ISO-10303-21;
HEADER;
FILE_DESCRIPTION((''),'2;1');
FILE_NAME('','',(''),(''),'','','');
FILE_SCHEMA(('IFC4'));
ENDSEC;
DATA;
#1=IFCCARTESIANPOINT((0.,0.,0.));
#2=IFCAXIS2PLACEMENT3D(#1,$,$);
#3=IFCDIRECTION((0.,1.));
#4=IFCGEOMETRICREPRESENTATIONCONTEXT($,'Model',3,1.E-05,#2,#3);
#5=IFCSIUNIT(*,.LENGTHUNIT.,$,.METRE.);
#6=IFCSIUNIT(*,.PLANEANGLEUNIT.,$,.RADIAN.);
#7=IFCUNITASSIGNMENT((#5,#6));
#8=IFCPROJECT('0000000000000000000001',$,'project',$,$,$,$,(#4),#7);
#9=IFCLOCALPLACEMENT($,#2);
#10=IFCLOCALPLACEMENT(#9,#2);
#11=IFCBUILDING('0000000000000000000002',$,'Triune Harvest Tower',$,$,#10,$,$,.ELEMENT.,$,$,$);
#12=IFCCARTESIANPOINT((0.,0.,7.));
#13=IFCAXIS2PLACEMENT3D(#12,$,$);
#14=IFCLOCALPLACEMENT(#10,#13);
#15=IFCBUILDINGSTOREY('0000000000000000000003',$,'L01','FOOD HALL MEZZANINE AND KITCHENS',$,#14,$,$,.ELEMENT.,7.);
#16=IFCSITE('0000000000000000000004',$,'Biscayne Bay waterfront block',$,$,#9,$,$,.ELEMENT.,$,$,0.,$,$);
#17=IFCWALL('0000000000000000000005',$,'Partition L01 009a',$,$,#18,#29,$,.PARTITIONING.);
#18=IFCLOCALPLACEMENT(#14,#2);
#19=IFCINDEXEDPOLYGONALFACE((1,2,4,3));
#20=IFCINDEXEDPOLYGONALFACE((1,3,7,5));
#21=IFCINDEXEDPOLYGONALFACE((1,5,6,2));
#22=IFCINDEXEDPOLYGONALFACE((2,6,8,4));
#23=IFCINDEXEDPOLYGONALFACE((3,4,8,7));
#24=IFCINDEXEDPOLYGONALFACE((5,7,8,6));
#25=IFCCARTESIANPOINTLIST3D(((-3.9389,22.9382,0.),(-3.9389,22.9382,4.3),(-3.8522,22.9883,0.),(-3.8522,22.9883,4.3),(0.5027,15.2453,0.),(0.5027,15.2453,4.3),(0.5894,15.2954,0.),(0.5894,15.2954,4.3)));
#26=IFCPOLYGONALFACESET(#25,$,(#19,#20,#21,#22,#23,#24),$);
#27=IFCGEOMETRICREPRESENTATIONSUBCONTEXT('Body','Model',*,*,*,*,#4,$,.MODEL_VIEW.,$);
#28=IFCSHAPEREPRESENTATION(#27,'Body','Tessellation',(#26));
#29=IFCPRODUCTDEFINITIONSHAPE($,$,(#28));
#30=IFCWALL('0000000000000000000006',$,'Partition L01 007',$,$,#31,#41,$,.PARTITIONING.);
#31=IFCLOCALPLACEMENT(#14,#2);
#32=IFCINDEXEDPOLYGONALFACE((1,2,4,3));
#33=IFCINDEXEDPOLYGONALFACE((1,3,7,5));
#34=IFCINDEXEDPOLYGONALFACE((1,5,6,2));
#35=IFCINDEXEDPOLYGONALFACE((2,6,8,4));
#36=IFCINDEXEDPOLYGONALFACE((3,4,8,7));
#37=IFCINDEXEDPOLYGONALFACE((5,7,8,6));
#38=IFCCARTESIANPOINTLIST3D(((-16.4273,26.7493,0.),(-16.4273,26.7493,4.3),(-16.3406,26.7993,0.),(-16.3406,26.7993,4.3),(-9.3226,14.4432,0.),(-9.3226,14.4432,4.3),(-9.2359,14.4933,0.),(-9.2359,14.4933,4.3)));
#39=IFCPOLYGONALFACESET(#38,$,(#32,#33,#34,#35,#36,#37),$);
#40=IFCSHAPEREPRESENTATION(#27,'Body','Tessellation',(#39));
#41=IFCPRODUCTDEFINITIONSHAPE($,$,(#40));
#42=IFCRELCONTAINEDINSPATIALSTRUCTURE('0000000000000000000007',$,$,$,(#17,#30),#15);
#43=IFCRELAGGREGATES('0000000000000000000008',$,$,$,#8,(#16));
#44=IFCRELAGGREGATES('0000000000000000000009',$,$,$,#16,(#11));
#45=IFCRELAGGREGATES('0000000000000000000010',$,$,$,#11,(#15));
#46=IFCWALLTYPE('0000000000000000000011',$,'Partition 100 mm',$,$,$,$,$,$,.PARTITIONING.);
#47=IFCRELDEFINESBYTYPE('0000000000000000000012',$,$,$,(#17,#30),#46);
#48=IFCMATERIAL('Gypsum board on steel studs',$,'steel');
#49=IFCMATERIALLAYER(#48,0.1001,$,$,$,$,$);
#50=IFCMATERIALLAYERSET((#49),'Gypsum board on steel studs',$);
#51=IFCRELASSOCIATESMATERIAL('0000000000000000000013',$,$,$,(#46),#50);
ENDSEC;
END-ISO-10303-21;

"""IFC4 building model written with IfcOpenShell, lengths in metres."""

from ifc_helpers import new_model, si_unit, direction, frame, frame_2d, origin, place, context, subcontext, project, spatial, rectangle, extrude, source, transform, mapped, material, layer, layer_set, type_object, element, save


model = new_model("IFC4")

# Units and contexts
model_context = context("Model", 3, precision=1e-05, world=origin(), true_north=direction((0.0, 1.0)))
body_context = subcontext(model_context, "Body", "Model", "MODEL_VIEW")
ifc_project = project(units=[si_unit("LENGTHUNIT", "METRE"), si_unit("PLANEANGLEUNIT", "RADIAN")], contexts=[model_context])

# Site, building, storey
site_placement = place(None, origin())
site = spatial("IfcSite", under=ifc_project, at=site_placement, Name="Biscayne Bay waterfront block", CompositionType="ELEMENT", RefElevation=0.0)
building_placement = place(site_placement, origin())
building = spatial("IfcBuilding", under=site, at=building_placement, Name="Triune Harvest Tower", CompositionType="ELEMENT")
storey_placement = place(building_placement, frame((0.0, 0.0, 7.0)))
storey = spatial("IfcBuildingStorey", under=building, at=storey_placement, Name="L01", Description="FOOD HALL MEZZANINE AND KITCHENS", CompositionType="ELEMENT", Elevation=7.0)

# Walls
ifc_material_1 = material(Name="Gypsum board on steel studs", Category="steel")
ifc_layer_1 = layer(ifc_material_1, 0.1001)
ifc_layer_set_1 = layer_set([ifc_layer_1], Name="Gypsum board on steel studs")
wall_type = type_object("IfcWallType", Name="Partition 100 mm", PredefinedType="PARTITIONING", material=ifc_layer_set_1)
wall_1_placement = place(storey_placement, frame((-3.8955, 22.9631, 0.0), z_axis=(0.0, 0.0, 1.0), x_axis=(0.500014, -0.866017, 0.0)))
element("IfcWall", 1, at=wall_1_placement, inside=storey, type_object=wall_type, Name="Partition L01 009a", PredefinedType="PARTITIONING", context=body_context, shape_type="SweptSolid", body=[
    extrude(rectangle(XDim=8.8831, YDim=0.1001, at=frame_2d((4.4414, 0.0))), origin(), (0.0, 0.0, 1.0), 4.3),
])
shared_shape_1 = source(origin(), body_context, "Body", "SweptSolid", [
    extrude(rectangle(XDim=14.2097, YDim=0.1001, at=frame_2d((7.105, 0.0))), origin(), (0.0, 0.0, 1.0), 4.3),
])
wall_2_placement = place(storey_placement, frame((-16.384, 26.7744, 0.0), z_axis=(0.0, 0.0, 1.0), x_axis=(0.499988, -0.866032, 0.0)))
element("IfcWall", 2, at=wall_2_placement, inside=storey, type_object=wall_type, Name="Partition L01 007", PredefinedType="PARTITIONING", context=body_context, shape_type="MappedRepresentation", body=[
    mapped(shared_shape_1, transform((0.0, 0.0, 0.0), scale=1.0)),
])

save(model, "model.ifc")
